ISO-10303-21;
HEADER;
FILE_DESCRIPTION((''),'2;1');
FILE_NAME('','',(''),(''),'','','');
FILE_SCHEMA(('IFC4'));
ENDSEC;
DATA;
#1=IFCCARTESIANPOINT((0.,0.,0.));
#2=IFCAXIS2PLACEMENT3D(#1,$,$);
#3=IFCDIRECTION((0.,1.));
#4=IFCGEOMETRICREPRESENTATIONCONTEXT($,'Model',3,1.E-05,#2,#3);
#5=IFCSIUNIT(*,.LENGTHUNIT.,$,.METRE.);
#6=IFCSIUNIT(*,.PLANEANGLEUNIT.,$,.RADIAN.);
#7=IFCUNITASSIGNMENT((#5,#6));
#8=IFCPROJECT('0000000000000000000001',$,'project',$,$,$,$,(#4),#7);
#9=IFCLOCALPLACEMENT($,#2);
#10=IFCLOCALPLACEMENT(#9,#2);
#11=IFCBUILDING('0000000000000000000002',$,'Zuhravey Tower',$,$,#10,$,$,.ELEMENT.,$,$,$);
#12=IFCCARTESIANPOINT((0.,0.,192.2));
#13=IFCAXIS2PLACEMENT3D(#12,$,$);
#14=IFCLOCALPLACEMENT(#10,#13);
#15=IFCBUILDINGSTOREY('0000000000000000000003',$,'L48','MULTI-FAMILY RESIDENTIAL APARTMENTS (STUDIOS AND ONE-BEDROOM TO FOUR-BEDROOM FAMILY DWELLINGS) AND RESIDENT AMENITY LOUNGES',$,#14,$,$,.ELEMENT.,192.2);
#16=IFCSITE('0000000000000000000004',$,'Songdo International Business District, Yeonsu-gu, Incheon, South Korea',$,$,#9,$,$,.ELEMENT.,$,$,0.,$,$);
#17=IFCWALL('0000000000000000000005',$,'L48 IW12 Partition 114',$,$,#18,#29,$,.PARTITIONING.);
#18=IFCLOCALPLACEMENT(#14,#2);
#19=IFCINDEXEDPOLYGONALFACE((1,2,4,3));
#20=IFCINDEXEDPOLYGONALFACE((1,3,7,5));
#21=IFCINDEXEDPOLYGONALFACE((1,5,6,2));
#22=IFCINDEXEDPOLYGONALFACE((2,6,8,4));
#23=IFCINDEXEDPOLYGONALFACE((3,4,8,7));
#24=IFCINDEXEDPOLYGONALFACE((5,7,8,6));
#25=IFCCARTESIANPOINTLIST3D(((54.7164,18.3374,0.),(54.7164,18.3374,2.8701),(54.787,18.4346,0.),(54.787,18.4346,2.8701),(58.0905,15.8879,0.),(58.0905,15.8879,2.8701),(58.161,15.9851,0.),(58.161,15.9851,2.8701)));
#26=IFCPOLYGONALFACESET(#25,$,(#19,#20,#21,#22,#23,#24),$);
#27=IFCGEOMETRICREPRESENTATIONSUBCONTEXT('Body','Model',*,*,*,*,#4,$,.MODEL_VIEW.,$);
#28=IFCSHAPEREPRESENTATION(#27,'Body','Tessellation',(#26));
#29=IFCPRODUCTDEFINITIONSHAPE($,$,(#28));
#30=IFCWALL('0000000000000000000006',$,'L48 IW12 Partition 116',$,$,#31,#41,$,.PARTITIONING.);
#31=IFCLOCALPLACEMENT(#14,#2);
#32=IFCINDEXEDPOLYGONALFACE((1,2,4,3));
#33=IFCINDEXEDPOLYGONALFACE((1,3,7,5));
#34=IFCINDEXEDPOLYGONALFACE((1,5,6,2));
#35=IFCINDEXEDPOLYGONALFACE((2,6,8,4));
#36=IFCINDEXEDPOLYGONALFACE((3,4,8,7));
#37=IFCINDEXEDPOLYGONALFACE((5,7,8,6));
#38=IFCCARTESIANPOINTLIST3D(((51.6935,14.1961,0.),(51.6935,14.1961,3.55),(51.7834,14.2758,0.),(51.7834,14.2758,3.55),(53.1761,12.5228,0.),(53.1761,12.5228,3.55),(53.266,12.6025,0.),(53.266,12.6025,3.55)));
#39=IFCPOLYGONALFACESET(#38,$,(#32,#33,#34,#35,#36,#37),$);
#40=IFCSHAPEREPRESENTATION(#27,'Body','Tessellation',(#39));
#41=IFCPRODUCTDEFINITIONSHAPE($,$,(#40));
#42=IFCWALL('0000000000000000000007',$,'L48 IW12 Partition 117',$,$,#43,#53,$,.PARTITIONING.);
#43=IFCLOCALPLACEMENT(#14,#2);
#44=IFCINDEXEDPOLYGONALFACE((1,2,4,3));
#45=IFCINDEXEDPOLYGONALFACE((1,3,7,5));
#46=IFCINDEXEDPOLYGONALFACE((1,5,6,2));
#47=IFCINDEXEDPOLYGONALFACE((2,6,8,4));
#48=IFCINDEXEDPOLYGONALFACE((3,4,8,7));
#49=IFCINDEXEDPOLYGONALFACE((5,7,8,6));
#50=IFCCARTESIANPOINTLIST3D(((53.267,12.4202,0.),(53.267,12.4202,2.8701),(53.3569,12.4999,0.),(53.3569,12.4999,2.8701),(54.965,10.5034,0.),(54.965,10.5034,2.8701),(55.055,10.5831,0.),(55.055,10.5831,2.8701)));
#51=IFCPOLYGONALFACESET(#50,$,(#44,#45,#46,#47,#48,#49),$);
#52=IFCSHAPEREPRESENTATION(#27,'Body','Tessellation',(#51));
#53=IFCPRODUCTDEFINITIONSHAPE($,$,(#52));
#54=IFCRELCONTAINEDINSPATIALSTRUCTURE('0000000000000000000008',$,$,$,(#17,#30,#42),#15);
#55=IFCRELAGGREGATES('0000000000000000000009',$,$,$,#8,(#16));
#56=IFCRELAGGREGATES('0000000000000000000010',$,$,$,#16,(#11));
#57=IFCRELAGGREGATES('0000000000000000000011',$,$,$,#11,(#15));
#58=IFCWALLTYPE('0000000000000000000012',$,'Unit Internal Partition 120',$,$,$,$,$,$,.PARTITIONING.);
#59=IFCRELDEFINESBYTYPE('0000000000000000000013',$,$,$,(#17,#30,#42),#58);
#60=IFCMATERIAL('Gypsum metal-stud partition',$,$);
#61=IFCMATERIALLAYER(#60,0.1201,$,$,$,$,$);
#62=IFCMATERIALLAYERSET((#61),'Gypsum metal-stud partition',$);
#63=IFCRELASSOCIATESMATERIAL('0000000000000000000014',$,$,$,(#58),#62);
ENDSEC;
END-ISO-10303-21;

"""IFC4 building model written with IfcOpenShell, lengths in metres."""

from ifc_helpers import new_model, si_unit, direction, frame, frame_2d, origin, place, context, subcontext, project, spatial, rectangle, extrude, material, layer, layer_set, type_object, element, save


model = new_model("IFC4")

# Units and contexts
model_context = context("Model", 3, precision=1e-05, world=origin(), true_north=direction((0.0, 1.0)))
body_context = subcontext(model_context, "Body", "Model", "MODEL_VIEW")
ifc_project = project(units=[si_unit("LENGTHUNIT", "METRE"), si_unit("PLANEANGLEUNIT", "RADIAN")], contexts=[model_context])

# Site, building, storey
site_placement = place(None, origin())
site = spatial("IfcSite", under=ifc_project, at=site_placement, Name="Songdo International Business District, Yeonsu-gu, Incheon, South Korea", CompositionType="ELEMENT", RefElevation=0.0)
building_placement = place(site_placement, origin())
building = spatial("IfcBuilding", under=site, at=building_placement, Name="Zuhravey Tower", CompositionType="ELEMENT")
storey_placement = place(building_placement, frame((0.0, 0.0, 192.2)))
storey = spatial("IfcBuildingStorey", under=building, at=storey_placement, Name="L48", Description="MULTI-FAMILY RESIDENTIAL APARTMENTS (STUDIOS AND ONE-BEDROOM TO FOUR-BEDROOM FAMILY DWELLINGS) AND RESIDENT AMENITY LOUNGES", CompositionType="ELEMENT", Elevation=192.2)

# Shared definitions
ifc_material_1 = material(Name="Gypsum metal-stud partition")
ifc_layer_1 = layer(ifc_material_1, 0.1201)
ifc_layer_set_1 = layer_set([ifc_layer_1], Name="Gypsum metal-stud partition")
wall_type_1 = type_object("IfcWallType", Name="Unit Internal Partition 120", PredefinedType="PARTITIONING", material=ifc_layer_set_1)

# Walls
wall_1_placement = place(storey_placement, frame((54.7517, 18.386, 0.0), z_axis=(0.0, 0.0, 1.0), x_axis=(0.809235, -0.587486, 0.0)))
element("IfcWall", 1, at=wall_1_placement, inside=storey, type_object=wall_type_1, Name="L48 IW12 Partition 114", PredefinedType="PARTITIONING", context=body_context, shape_type="SweptSolid", body=[
    extrude(rectangle(XDim=4.1694, YDim=0.1201, at=frame_2d((2.0847, 0.0))), origin(), (0.0, 0.0, 1.0), 2.8701),
])
wall_2_placement = place(storey_placement, frame((51.7385, 14.2358, 0.0), z_axis=(0.0, 0.0, 1.0), x_axis=(0.663177, -0.748463, 0.0)))
element("IfcWall", 2, at=wall_2_placement, inside=storey, type_object=wall_type_1, Name="L48 IW12 Partition 116", PredefinedType="PARTITIONING", context=body_context, shape_type="SweptSolid", body=[
    extrude(rectangle(XDim=2.2356, YDim=0.1201, at=frame_2d((1.1177, 0.0))), origin(), (0.0, 0.0, 1.0), 3.55),
])
wall_3_placement = place(storey_placement, frame((53.312, 12.46, 0.0), z_axis=(0.0, 0.0, 1.0), x_axis=(0.663102, -0.748529, 0.0)))
element("IfcWall", 3, at=wall_3_placement, inside=storey, type_object=wall_type_1, Name="L48 IW12 Partition 117", PredefinedType="PARTITIONING", context=body_context, shape_type="SweptSolid", body=[
    extrude(rectangle(XDim=2.5608, YDim=0.1201, at=frame_2d((1.2803, 0.0))), origin(), (0.0, 0.0, 1.0), 2.8701),
])

save(model, "model.ifc")
